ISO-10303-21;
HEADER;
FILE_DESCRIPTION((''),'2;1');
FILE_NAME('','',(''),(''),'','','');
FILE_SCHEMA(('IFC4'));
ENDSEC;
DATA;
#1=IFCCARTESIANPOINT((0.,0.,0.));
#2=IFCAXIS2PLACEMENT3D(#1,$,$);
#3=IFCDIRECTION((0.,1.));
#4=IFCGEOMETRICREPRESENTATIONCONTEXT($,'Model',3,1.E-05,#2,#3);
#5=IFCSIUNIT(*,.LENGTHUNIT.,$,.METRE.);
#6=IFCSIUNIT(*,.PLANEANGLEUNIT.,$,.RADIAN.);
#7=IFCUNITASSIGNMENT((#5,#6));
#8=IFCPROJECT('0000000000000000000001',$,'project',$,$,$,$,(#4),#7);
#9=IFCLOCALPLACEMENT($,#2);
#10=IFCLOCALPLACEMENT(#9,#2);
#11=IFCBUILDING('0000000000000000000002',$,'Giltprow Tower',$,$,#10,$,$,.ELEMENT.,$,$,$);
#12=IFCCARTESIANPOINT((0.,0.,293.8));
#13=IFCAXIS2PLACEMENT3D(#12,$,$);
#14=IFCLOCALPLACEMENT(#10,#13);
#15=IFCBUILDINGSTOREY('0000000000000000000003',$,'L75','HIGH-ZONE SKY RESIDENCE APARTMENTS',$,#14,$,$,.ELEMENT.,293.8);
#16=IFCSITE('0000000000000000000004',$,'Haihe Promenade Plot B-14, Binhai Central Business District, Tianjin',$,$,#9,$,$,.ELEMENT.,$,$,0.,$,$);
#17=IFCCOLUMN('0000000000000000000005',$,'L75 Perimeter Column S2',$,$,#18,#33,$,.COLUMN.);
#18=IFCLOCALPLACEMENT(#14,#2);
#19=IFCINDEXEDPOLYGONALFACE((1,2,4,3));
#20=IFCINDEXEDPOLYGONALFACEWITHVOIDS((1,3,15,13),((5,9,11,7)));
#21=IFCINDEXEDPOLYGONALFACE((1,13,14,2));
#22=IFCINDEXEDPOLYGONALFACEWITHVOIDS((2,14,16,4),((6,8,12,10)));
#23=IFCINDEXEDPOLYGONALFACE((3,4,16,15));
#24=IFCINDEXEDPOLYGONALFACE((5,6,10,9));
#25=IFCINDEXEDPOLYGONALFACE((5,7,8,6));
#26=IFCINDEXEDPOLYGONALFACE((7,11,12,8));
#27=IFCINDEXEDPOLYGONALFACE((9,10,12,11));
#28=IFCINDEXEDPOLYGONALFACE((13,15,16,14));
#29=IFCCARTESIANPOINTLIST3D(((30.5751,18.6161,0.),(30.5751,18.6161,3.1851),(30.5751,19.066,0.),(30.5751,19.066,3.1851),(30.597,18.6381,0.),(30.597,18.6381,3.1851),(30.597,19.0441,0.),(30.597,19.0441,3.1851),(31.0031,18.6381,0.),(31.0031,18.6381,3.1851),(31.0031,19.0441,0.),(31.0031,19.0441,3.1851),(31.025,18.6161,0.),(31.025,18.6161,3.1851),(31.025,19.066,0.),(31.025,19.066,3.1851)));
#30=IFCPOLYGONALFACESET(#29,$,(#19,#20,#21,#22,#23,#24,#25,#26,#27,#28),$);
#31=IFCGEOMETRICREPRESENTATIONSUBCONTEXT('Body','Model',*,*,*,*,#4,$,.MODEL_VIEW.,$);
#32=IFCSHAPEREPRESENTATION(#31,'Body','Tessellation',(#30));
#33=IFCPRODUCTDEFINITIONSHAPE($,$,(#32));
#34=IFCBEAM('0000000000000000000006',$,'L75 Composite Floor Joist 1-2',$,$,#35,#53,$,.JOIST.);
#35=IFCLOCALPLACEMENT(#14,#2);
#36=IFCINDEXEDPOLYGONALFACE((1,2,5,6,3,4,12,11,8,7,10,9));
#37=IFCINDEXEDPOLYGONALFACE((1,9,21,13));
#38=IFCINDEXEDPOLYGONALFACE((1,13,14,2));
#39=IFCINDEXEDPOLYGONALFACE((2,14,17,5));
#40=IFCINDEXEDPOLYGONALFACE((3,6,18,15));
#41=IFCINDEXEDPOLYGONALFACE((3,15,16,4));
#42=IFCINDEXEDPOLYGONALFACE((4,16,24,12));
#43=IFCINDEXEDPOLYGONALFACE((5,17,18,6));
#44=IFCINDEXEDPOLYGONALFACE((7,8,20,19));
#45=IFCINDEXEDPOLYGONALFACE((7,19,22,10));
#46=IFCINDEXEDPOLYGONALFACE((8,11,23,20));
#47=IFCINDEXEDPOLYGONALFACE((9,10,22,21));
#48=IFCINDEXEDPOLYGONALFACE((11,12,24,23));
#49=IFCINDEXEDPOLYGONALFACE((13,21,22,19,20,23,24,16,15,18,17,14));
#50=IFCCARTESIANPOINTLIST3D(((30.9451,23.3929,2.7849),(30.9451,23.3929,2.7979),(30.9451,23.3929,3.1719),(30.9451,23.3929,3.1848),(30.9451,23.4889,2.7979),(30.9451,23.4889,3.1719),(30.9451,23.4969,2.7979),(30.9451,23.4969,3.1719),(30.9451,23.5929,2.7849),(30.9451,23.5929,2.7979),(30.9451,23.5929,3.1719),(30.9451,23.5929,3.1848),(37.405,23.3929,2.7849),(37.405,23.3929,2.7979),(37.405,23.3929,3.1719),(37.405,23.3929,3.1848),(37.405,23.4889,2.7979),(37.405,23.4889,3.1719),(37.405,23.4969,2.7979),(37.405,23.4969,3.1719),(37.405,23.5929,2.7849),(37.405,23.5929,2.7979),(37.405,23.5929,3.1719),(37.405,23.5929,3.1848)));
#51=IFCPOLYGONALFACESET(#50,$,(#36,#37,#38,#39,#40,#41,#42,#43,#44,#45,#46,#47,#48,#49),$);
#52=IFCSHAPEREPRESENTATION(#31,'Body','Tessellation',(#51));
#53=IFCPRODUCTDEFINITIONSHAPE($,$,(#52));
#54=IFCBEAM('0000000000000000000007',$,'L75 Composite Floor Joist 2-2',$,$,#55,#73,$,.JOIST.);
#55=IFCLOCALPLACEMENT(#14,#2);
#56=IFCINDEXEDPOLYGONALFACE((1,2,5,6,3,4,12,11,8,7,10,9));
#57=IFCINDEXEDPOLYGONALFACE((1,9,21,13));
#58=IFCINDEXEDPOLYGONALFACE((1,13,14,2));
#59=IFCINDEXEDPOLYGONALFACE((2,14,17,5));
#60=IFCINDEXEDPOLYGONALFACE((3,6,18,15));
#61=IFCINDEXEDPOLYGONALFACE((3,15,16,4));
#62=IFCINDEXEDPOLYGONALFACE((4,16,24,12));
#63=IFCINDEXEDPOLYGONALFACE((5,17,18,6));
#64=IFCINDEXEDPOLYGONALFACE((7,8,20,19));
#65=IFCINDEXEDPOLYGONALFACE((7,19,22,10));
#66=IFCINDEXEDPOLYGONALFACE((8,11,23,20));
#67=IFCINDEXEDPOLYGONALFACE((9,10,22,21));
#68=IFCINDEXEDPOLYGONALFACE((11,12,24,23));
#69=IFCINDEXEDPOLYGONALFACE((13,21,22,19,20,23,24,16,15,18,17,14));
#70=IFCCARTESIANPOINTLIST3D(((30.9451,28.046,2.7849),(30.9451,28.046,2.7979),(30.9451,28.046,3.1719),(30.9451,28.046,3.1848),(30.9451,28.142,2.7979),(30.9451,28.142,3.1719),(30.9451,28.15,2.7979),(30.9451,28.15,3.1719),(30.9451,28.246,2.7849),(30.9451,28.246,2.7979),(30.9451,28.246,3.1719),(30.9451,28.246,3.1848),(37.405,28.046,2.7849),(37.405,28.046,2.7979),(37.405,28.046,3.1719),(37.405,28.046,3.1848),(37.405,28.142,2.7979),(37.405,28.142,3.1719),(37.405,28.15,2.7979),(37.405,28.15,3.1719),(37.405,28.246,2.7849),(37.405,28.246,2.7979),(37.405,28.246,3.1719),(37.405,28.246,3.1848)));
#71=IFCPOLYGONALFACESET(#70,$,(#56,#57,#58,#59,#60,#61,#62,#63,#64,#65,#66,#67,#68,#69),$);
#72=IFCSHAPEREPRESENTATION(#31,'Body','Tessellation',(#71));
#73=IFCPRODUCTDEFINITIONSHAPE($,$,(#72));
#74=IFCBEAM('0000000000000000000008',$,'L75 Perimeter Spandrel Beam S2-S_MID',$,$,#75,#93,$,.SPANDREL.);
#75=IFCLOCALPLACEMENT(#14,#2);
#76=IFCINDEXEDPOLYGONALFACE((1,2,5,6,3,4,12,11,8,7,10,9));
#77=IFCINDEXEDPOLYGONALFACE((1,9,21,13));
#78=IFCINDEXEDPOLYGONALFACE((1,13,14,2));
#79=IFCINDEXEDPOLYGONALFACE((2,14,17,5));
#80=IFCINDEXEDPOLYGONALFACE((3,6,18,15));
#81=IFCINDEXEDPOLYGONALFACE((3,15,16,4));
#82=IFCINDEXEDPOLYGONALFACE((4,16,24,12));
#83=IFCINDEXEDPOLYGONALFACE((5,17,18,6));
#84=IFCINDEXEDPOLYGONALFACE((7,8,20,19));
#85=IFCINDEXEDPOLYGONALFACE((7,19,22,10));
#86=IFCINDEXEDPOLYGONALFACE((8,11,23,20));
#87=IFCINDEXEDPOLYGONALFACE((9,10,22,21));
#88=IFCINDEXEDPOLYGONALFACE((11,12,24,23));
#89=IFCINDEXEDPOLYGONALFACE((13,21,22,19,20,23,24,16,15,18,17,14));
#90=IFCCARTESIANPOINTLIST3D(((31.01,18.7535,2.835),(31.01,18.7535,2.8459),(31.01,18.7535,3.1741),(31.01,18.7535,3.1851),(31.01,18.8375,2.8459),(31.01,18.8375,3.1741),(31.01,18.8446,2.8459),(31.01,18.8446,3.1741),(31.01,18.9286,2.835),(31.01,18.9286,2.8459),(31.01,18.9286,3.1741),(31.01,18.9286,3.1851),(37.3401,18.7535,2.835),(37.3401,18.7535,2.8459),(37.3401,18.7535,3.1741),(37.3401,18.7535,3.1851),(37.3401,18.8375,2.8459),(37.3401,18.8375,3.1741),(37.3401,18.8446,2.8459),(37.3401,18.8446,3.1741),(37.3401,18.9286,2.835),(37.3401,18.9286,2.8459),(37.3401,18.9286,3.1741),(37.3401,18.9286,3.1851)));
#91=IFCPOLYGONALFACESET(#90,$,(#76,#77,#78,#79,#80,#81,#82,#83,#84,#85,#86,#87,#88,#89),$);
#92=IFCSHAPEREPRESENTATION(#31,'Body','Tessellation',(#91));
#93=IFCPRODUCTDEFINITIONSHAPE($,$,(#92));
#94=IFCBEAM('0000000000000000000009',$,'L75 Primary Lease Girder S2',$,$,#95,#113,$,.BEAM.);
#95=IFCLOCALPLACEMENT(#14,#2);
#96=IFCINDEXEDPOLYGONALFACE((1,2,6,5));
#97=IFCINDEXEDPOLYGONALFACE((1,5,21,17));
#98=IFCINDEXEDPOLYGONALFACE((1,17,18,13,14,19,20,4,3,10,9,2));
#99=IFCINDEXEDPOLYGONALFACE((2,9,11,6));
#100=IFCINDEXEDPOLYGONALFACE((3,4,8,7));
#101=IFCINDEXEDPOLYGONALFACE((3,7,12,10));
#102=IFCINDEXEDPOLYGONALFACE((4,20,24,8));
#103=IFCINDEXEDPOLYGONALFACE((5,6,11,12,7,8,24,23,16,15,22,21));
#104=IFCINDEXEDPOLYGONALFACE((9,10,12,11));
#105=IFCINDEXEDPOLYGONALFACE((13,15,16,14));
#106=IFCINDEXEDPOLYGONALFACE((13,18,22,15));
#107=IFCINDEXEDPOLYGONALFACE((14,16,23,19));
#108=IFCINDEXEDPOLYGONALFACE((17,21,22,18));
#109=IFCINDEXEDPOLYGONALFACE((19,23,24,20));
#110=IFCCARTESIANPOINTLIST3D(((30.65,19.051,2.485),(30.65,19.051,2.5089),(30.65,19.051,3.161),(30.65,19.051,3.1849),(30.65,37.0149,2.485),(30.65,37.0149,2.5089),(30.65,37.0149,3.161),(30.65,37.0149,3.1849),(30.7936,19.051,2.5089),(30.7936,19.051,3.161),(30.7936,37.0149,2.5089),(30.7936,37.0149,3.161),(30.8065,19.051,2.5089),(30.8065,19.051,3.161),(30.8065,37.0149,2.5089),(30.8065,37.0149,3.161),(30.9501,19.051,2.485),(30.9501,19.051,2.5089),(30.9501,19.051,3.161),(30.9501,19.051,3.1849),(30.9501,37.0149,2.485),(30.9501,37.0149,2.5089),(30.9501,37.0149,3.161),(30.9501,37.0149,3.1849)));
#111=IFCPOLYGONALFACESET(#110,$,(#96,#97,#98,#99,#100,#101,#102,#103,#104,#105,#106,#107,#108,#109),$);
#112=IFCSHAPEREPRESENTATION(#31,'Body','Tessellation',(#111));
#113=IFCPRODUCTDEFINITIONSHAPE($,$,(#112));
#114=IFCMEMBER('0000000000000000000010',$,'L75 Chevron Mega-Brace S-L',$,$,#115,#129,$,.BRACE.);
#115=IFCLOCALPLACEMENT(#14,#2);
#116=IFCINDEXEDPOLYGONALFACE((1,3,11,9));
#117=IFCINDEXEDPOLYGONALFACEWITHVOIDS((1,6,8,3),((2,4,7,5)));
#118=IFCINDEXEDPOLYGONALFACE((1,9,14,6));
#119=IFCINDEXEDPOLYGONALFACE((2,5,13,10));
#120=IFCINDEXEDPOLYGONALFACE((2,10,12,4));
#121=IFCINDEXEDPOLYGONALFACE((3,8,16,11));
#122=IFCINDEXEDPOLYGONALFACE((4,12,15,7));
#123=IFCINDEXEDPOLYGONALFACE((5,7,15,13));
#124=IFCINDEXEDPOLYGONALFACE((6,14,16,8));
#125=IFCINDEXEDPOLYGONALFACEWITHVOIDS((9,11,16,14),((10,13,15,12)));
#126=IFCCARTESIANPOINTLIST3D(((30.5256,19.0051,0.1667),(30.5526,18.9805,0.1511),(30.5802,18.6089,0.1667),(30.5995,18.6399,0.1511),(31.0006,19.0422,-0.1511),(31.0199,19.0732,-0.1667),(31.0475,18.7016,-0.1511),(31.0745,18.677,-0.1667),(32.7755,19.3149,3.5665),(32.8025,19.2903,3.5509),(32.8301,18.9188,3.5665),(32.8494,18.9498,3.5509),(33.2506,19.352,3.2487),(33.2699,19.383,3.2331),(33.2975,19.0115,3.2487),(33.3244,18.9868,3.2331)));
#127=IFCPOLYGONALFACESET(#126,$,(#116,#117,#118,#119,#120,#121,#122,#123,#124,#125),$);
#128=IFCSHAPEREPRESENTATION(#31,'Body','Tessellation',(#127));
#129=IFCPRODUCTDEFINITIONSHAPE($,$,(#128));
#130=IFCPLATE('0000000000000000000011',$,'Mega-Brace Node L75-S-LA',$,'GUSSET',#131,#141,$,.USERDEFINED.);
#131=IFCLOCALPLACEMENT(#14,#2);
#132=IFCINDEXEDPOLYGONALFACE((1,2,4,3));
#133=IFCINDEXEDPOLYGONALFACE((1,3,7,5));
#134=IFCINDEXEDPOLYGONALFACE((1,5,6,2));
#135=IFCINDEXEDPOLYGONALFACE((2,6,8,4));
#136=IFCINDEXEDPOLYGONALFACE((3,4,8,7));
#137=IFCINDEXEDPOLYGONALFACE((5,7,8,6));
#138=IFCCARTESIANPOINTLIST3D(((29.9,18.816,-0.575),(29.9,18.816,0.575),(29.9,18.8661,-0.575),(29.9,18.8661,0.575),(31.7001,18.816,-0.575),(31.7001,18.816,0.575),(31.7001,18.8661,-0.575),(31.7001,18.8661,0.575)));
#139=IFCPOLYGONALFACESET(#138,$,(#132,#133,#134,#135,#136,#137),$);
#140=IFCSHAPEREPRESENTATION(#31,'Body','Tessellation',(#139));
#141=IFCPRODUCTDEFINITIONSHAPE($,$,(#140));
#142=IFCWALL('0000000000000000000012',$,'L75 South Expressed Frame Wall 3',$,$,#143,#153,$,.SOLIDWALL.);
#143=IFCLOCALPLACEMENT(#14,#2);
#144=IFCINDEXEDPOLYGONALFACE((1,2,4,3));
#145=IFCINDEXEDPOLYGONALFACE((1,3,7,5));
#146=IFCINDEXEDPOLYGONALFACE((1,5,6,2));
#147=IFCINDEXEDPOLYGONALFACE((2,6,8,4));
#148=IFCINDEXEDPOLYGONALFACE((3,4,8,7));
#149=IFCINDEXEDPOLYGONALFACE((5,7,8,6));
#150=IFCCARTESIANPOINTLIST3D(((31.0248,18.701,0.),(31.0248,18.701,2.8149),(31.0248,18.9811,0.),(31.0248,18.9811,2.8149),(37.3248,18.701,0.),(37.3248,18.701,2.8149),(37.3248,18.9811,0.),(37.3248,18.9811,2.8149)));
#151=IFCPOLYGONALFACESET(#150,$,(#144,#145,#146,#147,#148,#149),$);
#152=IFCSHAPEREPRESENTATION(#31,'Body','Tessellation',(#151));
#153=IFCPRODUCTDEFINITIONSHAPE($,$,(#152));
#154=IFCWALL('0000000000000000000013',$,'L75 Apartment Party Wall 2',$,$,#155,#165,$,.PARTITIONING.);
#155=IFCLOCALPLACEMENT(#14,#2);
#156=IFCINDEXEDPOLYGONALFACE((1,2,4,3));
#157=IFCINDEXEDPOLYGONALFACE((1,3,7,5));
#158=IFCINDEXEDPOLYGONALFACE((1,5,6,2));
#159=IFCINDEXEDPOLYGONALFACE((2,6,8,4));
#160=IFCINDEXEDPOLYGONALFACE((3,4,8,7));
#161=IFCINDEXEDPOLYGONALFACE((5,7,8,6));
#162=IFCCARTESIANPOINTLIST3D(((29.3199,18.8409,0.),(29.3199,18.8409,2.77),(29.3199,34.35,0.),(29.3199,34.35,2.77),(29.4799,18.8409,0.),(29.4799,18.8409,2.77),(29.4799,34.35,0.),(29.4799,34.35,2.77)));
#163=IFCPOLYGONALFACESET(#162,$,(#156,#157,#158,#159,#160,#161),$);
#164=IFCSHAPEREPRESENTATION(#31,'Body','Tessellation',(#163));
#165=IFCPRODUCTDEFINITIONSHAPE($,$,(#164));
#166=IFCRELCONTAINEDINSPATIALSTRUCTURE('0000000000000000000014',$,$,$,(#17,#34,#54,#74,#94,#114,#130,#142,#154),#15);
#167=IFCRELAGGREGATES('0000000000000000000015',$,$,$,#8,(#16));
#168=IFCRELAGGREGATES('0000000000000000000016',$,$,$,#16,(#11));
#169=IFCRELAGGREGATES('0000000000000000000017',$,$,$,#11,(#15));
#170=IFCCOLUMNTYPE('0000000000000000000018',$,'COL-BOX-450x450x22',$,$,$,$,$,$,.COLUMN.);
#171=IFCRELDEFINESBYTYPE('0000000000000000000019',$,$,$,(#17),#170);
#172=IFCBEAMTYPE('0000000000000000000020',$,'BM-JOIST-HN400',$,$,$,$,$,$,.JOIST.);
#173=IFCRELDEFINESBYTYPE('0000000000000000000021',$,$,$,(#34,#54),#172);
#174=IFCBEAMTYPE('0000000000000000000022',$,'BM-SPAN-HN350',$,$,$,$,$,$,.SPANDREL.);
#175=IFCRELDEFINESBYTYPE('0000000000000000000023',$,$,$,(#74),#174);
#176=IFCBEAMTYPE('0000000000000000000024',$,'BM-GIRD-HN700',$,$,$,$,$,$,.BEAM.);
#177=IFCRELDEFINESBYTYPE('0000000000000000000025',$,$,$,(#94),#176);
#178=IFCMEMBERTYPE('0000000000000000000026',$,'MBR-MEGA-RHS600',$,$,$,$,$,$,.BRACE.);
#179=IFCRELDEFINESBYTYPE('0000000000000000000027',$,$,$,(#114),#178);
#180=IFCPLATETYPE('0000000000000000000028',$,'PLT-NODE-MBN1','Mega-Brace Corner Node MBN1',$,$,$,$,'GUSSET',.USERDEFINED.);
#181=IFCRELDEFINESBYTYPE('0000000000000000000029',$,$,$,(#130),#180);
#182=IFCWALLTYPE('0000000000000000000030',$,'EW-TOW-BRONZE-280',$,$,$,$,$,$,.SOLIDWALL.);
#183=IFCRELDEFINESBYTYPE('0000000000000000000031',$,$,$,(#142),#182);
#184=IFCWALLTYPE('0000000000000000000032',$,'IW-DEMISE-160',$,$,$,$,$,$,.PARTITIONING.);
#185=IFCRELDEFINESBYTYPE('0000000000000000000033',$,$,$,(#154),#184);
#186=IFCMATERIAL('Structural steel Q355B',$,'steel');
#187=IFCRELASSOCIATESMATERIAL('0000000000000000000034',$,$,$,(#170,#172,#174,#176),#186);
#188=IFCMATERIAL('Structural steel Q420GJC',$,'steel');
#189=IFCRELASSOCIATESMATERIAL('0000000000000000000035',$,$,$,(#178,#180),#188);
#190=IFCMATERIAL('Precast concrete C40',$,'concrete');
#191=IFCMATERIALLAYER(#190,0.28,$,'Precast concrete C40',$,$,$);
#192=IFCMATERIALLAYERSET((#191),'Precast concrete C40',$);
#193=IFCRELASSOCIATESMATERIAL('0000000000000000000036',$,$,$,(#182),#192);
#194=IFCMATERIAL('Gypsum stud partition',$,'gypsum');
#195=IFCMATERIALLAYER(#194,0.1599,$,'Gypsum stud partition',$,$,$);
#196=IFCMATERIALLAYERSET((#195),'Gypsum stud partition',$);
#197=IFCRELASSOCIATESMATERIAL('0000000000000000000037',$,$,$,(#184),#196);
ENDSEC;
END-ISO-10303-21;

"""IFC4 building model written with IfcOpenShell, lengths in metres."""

from ifc_helpers import new_model, si_unit, direction, frame, frame_2d, origin, origin_2d, place, context, subcontext, project, spatial, rectangle, hollow_rectangle, i_section, extrude, source, transform, mapped, material, layer, layer_set, material_profile, profile_set, type_object, element, save


model = new_model("IFC4")

# Units and contexts
model_context = context("Model", 3, precision=1e-05, world=origin(), true_north=direction((0.0, 1.0)))
body_context = subcontext(model_context, "Body", "Model", "MODEL_VIEW")
ifc_project = project(units=[si_unit("LENGTHUNIT", "METRE"), si_unit("PLANEANGLEUNIT", "RADIAN")], contexts=[model_context])

# Site, building, storey
site_placement = place(None, origin())
site = spatial("IfcSite", under=ifc_project, at=site_placement, Name="Haihe Promenade Plot B-14, Binhai Central Business District, Tianjin", CompositionType="ELEMENT", RefElevation=0.0)
building_placement = place(site_placement, origin())
building = spatial("IfcBuilding", under=site, at=building_placement, Name="Giltprow Tower", CompositionType="ELEMENT")
storey_placement = place(building_placement, frame((0.0, 0.0, 293.8)))
storey = spatial("IfcBuildingStorey", under=building, at=storey_placement, Name="L75", Description="HIGH-ZONE SKY RESIDENCE APARTMENTS", CompositionType="ELEMENT", Elevation=293.8)

# Column
ifc_material_1 = material(Name="Structural steel Q355B", Category="steel")
ifc_material_profile_1 = material_profile(ifc_material_1, hollow_rectangle(XDim=0.45, YDim=0.45, WallThickness=0.022, at=origin_2d()), Name="BOX 450x450x22")
ifc_profile_set_1 = profile_set([ifc_material_profile_1], Name="Structural steel Q355B")
column_type = type_object("IfcColumnType", Name="COL-BOX-450x450x22", PredefinedType="COLUMN", material=ifc_profile_set_1)
shared_shape_1 = source(origin(), body_context, "Body", "SweptSolid", [
    extrude(hollow_rectangle(XDim=0.45, YDim=0.45, WallThickness=0.022, at=origin_2d()), origin(), (0.0, 0.0, 1.0), 3.1851),
])
column_placement = place(storey_placement, frame((30.8, 18.8411, 0.0), z_axis=(0.0, 0.0, 1.0), x_axis=(1.0, 0.0, 0.0)))
element("IfcColumn", 1, at=column_placement, inside=storey, type_object=column_type, Name="L75 Perimeter Column S2", PredefinedType="COLUMN", context=body_context, shape_type="MappedRepresentation", body=[
    mapped(shared_shape_1, transform((0.0, 0.0, 0.0), x_axis=(1.0, 0.0, 0.0), y_axis=(0.0, 1.0, 0.0), z_axis=(0.0, 0.0, 1.0), scale=1.0)),
])

# Beams
ifc_material_profile_2 = material_profile(ifc_material_1, i_section(OverallWidth=0.2, OverallDepth=0.3999, WebThickness=0.0081, FlangeThickness=0.0129, at=origin_2d()), Name="HN 400x200x8x13")
ifc_profile_set_2 = profile_set([ifc_material_profile_2], Name="Structural steel Q355B")
beam_type_1 = type_object("IfcBeamType", Name="BM-JOIST-HN400", PredefinedType="JOIST", material=ifc_profile_set_2)
shared_shape_2 = source(origin(), body_context, "Body", "SweptSolid", [
    extrude(i_section(OverallWidth=0.2, OverallDepth=0.3999, WebThickness=0.0081, FlangeThickness=0.0129, at=origin_2d()), origin(), (0.0, 0.0, 1.0), 6.46),
])
for number, where, z_axis, x_axis, name in (
    (2, (30.9451, 23.4929, 2.9849), (1.0, 0.0, 0.0), (0.0, 1.0, 0.0), "L75 Composite Floor Joist 1-2"),
    (3, (30.9451, 28.146, 2.9849), (1.0, 0.0, 0.0), (0.0, 1.0, 0.0), "L75 Composite Floor Joist 2-2"),
):
    element("IfcBeam", number, at=place(storey_placement, frame(where, z_axis=z_axis, x_axis=x_axis)), inside=storey, type_object=beam_type_1, Name=name, PredefinedType="JOIST", context=body_context, shape_type="MappedRepresentation", body=[
        mapped(shared_shape_2, transform((0.0, 0.0, 0.0), x_axis=(1.0, 0.0, 0.0), y_axis=(0.0, 1.0, 0.0), z_axis=(0.0, 0.0, 1.0), scale=1.0)),
    ])
ifc_material_profile_3 = material_profile(ifc_material_1, i_section(OverallWidth=0.175, OverallDepth=0.3501, WebThickness=0.0071, FlangeThickness=0.011, at=origin_2d()), Name="HN 350x175x7x11")
ifc_profile_set_3 = profile_set([ifc_material_profile_3], Name="Structural steel Q355B")
beam_type_2 = type_object("IfcBeamType", Name="BM-SPAN-HN350", PredefinedType="SPANDREL", material=ifc_profile_set_3)
shared_shape_3 = source(origin(), body_context, "Body", "SweptSolid", [
    extrude(i_section(OverallWidth=0.175, OverallDepth=0.3501, WebThickness=0.0071, FlangeThickness=0.011, at=origin_2d()), origin(), (0.0, 0.0, 1.0), 6.3301),
])
beam_1_placement = place(storey_placement, frame((31.01, 18.8411, 3.01), z_axis=(1.0, 0.0, 0.0), x_axis=(0.0, 1.0, 0.0)))
element("IfcBeam", 4, at=beam_1_placement, inside=storey, type_object=beam_type_2, Name="L75 Perimeter Spandrel Beam S2-S_MID", PredefinedType="SPANDREL", context=body_context, shape_type="MappedRepresentation", body=[
    mapped(shared_shape_3, transform((0.0, 0.0, 0.0), x_axis=(1.0, 0.0, 0.0), y_axis=(0.0, 1.0, 0.0), z_axis=(0.0, 0.0, 1.0), scale=1.0)),
])
ifc_material_profile_4 = material_profile(ifc_material_1, i_section(OverallWidth=0.3, OverallDepth=0.7, WebThickness=0.0129, FlangeThickness=0.0239, at=origin_2d()), Name="HN 700x300x13x24")
ifc_profile_set_4 = profile_set([ifc_material_profile_4], Name="Structural steel Q355B")
beam_type_3 = type_object("IfcBeamType", Name="BM-GIRD-HN700", PredefinedType="BEAM", material=ifc_profile_set_4)
shared_shape_4 = source(origin(), body_context, "Body", "SweptSolid", [
    extrude(i_section(OverallWidth=0.3, OverallDepth=0.7, WebThickness=0.0129, FlangeThickness=0.0239, at=origin_2d()), origin(), (0.0, 0.0, 1.0), 17.9639),
])
beam_2_placement = place(storey_placement, frame((30.8, 19.051, 2.835), z_axis=(0.0, 1.0, 0.0), x_axis=(-1.0, 0.0, 0.0)))
element("IfcBeam", 5, at=beam_2_placement, inside=storey, type_object=beam_type_3, Name="L75 Primary Lease Girder S2", PredefinedType="BEAM", context=body_context, shape_type="MappedRepresentation", body=[
    mapped(shared_shape_4, transform((0.0, 0.0, 0.0), x_axis=(1.0, 0.0, 0.0), y_axis=(0.0, 1.0, 0.0), z_axis=(0.0, 0.0, 1.0), scale=1.0)),
])

# Member
ifc_material_2 = material(Name="Structural steel Q420GJC", Category="steel")
ifc_material_profile_5 = material_profile(ifc_material_2, hollow_rectangle(XDim=0.3999, YDim=0.6001, WallThickness=0.0281, at=origin_2d()), Name="RHS 600x400x28")
ifc_profile_set_5 = profile_set([ifc_material_profile_5], Name="Structural steel Q420GJC")
member_type = type_object("IfcMemberType", Name="MBR-MEGA-RHS600", PredefinedType="BRACE", material=ifc_profile_set_5)
shared_shape_5 = source(origin(), body_context, "Body", "SweptSolid", [
    extrude(hollow_rectangle(XDim=0.3999, YDim=0.6001, WallThickness=0.0281, at=origin_2d()), origin(), (0.0, 0.0, 1.0), 4.0886),
])
member_placement = place(storey_placement, frame((30.8, 18.8411, 0.0), z_axis=(0.550291, 0.075773, 0.831527), x_axis=(-0.136408, 0.990653, 0.0)))
element("IfcMember", 6, at=member_placement, inside=storey, type_object=member_type, Name="L75 Chevron Mega-Brace S-L", PredefinedType="BRACE", context=body_context, shape_type="MappedRepresentation", body=[
    mapped(shared_shape_5, transform((0.0, 0.0, 0.0), x_axis=(1.0, 0.0, 0.0), y_axis=(0.0, 1.0, 0.0), z_axis=(0.0, 0.0, 1.0), scale=1.0)),
])

# Plate
plate_type = type_object("IfcPlateType", Name="PLT-NODE-MBN1", Description="Mega-Brace Corner Node MBN1", ElementType="GUSSET", PredefinedType="USERDEFINED", material=ifc_material_2)
shared_shape_6 = source(origin(), body_context, "Body", "SweptSolid", [
    extrude(rectangle(XDim=1.8, YDim=0.05, at=origin_2d()), origin(), (0.0, 0.0, 1.0), 1.1499),
])
plate_placement = place(storey_placement, frame((30.8, 18.8411, -0.575), z_axis=(0.0, 0.0, 1.0), x_axis=(1.0, 0.0, 0.0)))
element("IfcPlate", 7, at=plate_placement, inside=storey, type_object=plate_type, Name="Mega-Brace Node L75-S-LA", ObjectType="GUSSET", PredefinedType="USERDEFINED", context=body_context, shape_type="MappedRepresentation", body=[
    mapped(shared_shape_6, transform((0.0, 0.0, 0.0), x_axis=(1.0, 0.0, 0.0), y_axis=(0.0, 1.0, 0.0), z_axis=(0.0, 0.0, 1.0), scale=1.0)),
])

# Walls
ifc_material_3 = material(Name="Precast concrete C40", Category="concrete")
ifc_layer_1 = layer(ifc_material_3, 0.28, Name="Precast concrete C40")
ifc_layer_set_1 = layer_set([ifc_layer_1], Name="Precast concrete C40")
wall_type_1 = type_object("IfcWallType", Name="EW-TOW-BRONZE-280", PredefinedType="SOLIDWALL", material=ifc_layer_set_1)
wall_1_placement = place(storey_placement, frame((31.0249, 18.8411, 0.0), z_axis=(0.0, 0.0, 1.0), x_axis=(1.0, 0.0, 0.0)))
element("IfcWall", 8, at=wall_1_placement, inside=storey, type_object=wall_type_1, Name="L75 South Expressed Frame Wall 3", PredefinedType="SOLIDWALL", context=body_context, shape_type="SweptSolid", body=[
    extrude(rectangle(XDim=6.3, YDim=0.28, at=frame_2d((3.1499, 0.0))), origin(), (0.0, 0.0, 1.0), 2.8149),
])
ifc_material_4 = material(Name="Gypsum stud partition", Category="gypsum")
ifc_layer_2 = layer(ifc_material_4, 0.1599, Name="Gypsum stud partition")
ifc_layer_set_2 = layer_set([ifc_layer_2], Name="Gypsum stud partition")
wall_type_2 = type_object("IfcWallType", Name="IW-DEMISE-160", PredefinedType="PARTITIONING", material=ifc_layer_set_2)
wall_2_placement = place(storey_placement, frame((29.3999, 18.8411, 0.0), z_axis=(0.0, 0.0, 1.0), x_axis=(0.0, 1.0, 0.0)))
element("IfcWall", 9, at=wall_2_placement, inside=storey, type_object=wall_type_2, Name="L75 Apartment Party Wall 2", PredefinedType="PARTITIONING", context=body_context, shape_type="SweptSolid", body=[
    extrude(rectangle(XDim=15.509, YDim=0.1599, at=frame_2d((7.7544, 0.0))), origin(), (0.0, 0.0, 1.0), 2.77),
])

save(model, "model.ifc")
